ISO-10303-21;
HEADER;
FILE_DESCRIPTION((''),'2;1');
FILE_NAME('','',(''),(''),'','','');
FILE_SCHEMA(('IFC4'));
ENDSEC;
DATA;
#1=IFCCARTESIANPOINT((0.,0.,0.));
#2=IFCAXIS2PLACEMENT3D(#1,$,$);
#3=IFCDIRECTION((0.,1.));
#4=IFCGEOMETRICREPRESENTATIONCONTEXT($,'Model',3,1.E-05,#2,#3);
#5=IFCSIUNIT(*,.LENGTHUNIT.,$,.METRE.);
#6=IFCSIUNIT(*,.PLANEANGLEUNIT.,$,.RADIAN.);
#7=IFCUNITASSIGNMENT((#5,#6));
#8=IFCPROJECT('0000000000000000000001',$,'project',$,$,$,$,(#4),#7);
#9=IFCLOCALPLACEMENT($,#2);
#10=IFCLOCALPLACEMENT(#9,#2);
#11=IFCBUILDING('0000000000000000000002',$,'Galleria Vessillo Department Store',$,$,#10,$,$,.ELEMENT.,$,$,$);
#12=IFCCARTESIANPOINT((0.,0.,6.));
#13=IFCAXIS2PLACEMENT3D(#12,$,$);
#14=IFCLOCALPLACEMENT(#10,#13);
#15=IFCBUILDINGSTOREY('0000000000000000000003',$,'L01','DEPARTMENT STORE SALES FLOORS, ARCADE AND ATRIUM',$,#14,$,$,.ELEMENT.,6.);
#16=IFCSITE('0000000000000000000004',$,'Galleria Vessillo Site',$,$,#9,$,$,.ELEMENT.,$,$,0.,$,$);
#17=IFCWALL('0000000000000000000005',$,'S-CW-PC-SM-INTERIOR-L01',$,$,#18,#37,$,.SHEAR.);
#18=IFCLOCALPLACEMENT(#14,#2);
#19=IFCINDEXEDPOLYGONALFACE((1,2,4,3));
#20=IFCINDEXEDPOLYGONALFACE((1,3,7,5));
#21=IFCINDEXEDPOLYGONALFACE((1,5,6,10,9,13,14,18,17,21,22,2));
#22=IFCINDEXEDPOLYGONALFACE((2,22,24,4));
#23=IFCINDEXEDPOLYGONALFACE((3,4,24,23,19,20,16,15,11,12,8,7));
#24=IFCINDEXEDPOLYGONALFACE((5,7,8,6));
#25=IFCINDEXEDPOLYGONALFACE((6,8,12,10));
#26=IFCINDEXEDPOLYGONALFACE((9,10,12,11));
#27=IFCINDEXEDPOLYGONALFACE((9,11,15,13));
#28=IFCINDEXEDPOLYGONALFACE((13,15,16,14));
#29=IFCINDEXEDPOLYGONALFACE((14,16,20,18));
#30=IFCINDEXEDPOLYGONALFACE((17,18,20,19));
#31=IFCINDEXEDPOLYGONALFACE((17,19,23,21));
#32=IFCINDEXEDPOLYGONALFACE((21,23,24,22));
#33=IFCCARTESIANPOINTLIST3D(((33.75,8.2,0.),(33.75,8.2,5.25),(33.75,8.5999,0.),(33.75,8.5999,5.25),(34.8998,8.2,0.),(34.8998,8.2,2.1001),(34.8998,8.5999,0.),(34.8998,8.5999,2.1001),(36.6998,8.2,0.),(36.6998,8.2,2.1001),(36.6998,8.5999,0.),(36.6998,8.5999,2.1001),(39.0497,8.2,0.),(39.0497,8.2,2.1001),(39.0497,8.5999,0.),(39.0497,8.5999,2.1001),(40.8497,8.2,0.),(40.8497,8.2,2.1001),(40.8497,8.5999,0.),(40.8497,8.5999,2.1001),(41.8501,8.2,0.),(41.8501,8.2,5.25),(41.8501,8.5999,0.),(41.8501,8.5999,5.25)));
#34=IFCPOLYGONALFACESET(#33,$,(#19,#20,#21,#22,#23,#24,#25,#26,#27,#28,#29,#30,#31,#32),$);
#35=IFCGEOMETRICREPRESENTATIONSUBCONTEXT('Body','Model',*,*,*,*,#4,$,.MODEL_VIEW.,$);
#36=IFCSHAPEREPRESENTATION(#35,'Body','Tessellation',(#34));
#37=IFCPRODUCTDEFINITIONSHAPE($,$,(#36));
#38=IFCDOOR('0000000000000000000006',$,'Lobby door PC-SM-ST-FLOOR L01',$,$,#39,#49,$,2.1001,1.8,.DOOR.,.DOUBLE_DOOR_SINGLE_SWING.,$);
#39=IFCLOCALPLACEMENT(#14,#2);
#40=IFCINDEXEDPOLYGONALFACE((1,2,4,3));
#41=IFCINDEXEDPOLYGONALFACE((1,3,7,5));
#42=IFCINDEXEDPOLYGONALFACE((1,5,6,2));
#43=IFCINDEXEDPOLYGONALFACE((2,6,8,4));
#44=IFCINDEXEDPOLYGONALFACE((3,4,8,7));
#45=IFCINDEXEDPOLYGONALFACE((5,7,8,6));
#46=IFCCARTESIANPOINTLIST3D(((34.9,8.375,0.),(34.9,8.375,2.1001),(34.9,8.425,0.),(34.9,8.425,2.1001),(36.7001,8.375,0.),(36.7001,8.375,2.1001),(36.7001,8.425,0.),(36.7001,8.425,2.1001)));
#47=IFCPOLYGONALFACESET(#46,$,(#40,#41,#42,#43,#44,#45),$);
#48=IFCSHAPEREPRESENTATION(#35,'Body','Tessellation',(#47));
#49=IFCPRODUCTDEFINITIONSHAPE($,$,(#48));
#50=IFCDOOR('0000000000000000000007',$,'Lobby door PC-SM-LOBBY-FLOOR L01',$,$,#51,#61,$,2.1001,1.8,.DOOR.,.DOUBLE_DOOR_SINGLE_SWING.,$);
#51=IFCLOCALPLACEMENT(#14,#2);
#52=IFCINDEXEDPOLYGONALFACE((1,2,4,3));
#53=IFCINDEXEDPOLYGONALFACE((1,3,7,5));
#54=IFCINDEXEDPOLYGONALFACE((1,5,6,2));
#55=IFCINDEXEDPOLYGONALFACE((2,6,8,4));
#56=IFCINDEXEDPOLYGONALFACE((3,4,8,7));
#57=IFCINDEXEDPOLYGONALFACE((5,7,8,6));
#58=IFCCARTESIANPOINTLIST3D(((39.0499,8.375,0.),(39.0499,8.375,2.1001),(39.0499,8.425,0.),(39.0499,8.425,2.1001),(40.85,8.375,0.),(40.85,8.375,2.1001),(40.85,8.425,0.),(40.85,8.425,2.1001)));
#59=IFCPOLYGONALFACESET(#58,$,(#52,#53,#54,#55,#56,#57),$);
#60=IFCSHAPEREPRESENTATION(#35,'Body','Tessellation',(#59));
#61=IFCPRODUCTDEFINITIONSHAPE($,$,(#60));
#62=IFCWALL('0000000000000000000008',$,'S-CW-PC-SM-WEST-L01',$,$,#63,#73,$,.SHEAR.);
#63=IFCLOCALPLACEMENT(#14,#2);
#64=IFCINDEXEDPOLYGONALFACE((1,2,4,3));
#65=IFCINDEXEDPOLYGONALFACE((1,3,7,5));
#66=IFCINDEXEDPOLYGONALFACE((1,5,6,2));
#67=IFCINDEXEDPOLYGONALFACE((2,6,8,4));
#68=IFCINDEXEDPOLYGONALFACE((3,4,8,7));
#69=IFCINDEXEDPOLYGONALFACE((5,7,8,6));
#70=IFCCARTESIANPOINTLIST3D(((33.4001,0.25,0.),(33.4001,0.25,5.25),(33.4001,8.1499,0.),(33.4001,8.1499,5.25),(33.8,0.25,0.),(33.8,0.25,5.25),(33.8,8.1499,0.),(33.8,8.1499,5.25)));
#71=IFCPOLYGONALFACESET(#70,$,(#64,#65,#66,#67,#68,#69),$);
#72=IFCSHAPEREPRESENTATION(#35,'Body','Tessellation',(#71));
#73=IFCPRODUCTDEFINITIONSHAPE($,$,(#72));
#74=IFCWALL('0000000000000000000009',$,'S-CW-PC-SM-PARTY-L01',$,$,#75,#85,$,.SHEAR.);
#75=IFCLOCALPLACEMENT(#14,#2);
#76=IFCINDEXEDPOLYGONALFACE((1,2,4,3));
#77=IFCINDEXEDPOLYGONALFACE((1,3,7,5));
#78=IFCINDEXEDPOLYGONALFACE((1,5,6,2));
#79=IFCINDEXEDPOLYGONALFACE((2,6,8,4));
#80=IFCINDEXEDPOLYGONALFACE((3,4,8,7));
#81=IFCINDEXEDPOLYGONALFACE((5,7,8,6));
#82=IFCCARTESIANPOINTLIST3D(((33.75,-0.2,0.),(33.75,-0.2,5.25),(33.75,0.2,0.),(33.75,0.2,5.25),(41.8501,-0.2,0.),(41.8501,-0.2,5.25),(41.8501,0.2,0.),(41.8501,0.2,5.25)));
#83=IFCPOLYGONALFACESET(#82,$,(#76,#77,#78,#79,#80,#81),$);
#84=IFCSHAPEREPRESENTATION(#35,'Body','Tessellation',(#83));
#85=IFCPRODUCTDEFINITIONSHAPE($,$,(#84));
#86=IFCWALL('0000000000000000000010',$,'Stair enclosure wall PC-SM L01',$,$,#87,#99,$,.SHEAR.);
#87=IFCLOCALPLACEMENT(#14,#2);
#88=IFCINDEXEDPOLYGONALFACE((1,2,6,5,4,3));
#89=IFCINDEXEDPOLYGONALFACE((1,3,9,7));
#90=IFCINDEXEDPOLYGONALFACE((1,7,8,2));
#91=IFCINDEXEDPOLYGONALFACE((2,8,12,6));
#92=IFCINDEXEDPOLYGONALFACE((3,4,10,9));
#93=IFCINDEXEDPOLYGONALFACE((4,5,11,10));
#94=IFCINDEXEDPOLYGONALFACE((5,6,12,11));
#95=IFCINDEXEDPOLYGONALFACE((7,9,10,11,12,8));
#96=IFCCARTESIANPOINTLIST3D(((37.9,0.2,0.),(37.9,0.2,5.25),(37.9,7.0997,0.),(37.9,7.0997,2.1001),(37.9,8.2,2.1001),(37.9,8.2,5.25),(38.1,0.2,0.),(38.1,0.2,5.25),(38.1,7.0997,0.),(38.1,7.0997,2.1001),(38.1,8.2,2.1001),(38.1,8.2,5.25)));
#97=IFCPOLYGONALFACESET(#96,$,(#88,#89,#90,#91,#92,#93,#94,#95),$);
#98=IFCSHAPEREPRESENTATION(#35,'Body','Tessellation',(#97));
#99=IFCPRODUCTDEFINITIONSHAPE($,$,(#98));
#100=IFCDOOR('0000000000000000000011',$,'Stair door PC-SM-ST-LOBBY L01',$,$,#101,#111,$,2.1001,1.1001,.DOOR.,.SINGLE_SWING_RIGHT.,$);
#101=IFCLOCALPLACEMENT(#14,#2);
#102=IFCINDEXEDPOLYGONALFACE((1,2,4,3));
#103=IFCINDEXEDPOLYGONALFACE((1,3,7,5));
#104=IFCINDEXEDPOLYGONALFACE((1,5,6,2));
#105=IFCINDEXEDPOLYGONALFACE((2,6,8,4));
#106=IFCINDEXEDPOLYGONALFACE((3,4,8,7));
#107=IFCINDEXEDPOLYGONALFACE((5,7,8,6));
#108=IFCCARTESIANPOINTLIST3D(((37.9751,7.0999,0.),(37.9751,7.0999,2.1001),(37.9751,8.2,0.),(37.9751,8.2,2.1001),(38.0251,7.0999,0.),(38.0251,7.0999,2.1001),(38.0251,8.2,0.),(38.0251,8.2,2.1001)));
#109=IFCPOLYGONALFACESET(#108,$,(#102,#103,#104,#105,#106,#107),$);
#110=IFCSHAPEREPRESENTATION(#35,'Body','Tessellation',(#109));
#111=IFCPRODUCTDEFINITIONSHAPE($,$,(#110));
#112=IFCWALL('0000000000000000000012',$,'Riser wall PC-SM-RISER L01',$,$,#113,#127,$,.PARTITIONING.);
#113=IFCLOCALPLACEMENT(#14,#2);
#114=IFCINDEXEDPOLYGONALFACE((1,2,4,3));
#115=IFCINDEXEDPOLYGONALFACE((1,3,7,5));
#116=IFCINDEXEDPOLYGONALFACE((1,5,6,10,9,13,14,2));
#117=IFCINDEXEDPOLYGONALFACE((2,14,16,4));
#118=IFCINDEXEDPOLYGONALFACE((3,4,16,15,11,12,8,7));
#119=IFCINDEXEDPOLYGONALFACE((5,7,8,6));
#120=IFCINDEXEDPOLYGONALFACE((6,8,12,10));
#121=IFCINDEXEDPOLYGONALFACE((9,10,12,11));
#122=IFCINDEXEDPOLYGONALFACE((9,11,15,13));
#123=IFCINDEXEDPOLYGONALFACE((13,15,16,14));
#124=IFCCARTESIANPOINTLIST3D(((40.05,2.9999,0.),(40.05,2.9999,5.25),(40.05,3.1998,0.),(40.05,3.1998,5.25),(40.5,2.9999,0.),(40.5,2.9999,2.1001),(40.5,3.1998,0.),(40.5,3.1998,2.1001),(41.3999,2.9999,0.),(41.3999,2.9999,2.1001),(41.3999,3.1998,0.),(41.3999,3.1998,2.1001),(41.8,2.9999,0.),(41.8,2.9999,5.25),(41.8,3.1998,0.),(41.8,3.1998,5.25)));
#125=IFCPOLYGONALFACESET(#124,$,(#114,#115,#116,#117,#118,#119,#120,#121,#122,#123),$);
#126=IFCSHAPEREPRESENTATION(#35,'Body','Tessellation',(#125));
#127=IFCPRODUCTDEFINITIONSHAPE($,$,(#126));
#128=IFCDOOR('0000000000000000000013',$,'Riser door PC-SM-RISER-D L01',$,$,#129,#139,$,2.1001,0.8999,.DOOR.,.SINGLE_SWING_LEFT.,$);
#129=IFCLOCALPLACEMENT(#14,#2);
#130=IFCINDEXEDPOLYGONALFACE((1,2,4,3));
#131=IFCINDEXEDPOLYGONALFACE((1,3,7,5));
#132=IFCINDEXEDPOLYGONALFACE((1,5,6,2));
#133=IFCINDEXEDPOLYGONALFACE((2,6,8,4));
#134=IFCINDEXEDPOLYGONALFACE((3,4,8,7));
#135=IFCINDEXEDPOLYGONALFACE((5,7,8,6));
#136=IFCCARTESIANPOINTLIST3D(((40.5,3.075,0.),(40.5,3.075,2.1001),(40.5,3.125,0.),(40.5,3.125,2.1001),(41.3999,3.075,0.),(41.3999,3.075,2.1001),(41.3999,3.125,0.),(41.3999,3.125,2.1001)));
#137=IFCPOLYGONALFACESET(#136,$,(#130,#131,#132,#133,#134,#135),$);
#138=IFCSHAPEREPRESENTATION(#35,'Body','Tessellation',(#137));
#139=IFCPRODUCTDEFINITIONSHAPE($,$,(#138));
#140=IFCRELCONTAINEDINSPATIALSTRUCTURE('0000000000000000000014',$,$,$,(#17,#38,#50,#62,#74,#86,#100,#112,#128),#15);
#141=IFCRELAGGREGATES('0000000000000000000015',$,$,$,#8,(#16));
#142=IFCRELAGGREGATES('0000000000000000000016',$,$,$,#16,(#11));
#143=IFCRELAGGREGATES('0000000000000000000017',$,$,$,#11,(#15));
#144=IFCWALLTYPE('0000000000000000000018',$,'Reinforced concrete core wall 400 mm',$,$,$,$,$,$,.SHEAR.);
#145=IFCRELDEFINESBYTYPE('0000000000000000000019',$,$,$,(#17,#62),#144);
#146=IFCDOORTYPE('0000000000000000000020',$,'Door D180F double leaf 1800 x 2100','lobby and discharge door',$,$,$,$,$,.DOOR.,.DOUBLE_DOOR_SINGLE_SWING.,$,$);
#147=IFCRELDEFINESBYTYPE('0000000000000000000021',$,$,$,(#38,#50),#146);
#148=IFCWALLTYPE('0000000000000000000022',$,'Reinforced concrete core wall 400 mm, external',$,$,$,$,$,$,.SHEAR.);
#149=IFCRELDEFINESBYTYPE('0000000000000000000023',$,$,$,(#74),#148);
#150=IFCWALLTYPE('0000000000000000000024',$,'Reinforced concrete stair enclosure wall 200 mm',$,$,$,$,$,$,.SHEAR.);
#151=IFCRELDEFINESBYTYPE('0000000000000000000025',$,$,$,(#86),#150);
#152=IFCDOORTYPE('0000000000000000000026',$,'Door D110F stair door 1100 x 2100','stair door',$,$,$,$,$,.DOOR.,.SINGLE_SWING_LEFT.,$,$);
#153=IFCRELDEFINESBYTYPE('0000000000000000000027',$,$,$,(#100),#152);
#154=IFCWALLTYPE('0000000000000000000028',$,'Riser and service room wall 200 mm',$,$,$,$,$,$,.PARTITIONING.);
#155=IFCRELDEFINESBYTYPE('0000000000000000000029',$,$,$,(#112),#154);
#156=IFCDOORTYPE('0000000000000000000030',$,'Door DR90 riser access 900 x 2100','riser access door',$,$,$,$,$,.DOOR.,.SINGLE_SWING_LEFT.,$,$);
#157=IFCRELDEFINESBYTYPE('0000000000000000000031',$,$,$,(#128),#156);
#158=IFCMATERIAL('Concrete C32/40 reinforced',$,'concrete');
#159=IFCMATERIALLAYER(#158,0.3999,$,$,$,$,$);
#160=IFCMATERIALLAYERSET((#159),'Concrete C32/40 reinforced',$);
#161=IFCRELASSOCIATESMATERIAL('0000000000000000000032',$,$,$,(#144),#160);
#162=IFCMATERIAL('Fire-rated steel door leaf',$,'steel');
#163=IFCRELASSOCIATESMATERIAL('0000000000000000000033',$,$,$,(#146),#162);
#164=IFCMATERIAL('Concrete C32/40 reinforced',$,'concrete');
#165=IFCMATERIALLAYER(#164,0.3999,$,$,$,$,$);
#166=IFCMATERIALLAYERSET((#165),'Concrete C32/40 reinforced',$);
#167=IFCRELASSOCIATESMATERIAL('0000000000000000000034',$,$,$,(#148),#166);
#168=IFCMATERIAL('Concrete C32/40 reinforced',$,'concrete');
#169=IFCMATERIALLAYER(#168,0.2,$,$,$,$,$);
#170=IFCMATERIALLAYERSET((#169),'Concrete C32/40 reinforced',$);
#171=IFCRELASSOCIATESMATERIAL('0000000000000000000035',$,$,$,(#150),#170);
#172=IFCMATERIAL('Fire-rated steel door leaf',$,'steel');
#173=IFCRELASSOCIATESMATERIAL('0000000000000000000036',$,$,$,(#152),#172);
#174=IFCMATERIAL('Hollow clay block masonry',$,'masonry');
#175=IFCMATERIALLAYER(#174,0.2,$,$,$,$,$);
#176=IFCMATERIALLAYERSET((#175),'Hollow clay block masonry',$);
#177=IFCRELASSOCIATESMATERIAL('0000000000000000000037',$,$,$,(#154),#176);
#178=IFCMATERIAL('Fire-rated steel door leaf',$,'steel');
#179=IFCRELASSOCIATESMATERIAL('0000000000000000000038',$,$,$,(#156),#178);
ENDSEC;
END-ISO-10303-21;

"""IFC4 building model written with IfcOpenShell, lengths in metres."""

from ifc_helpers import new_model, si_unit, direction, frame, frame_2d, origin, place, context, subcontext, project, spatial, rectangle, extrude, material, layer, layer_set, type_object, element, fill, save


model = new_model("IFC4")

# Units and contexts
model_context = context("Model", 3, precision=1e-05, world=origin(), true_north=direction((0.0, 1.0)))
body_context = subcontext(model_context, "Body", "Model", "MODEL_VIEW")
ifc_project = project(units=[si_unit("LENGTHUNIT", "METRE"), si_unit("PLANEANGLEUNIT", "RADIAN")], contexts=[model_context])

# Site, building, storey
site_placement = place(None, origin())
site = spatial("IfcSite", under=ifc_project, at=site_placement, Name="Galleria Vessillo Site", CompositionType="ELEMENT", RefElevation=0.0)
building_placement = place(site_placement, origin())
building = spatial("IfcBuilding", under=site, at=building_placement, Name="Galleria Vessillo Department Store", CompositionType="ELEMENT")
storey_placement = place(building_placement, frame((0.0, 0.0, 6.0)))
storey = spatial("IfcBuildingStorey", under=building, at=storey_placement, Name="L01", Description="DEPARTMENT STORE SALES FLOORS, ARCADE AND ATRIUM", CompositionType="ELEMENT", Elevation=6.0)

# Wall, openings, doors
ifc_material_1 = material(Name="Concrete C32/40 reinforced", Category="concrete")
ifc_layer_1 = layer(ifc_material_1, 0.3999)
ifc_layer_set_1 = layer_set([ifc_layer_1], Name="Concrete C32/40 reinforced")
wall_type_1 = type_object("IfcWallType", Name="Reinforced concrete core wall 400 mm", PredefinedType="SHEAR", material=ifc_layer_set_1)
wall_1_placement = place(storey_placement, frame((33.75, 8.3999, 0.0), z_axis=(0.0, 0.0, 1.0), x_axis=(1.0, 0.0, 0.0)))
wall_1 = element("IfcWall", 1, at=wall_1_placement, inside=storey, type_object=wall_type_1, Name="S-CW-PC-SM-INTERIOR-L01", PredefinedType="SHEAR", context=body_context, shape_type="SweptSolid", body=[
    extrude(rectangle(XDim=8.1001, YDim=0.3999, at=frame_2d((4.05, 0.0))), origin(), (0.0, 0.0, 1.0), 5.25),
])
opening_1_placement = place(wall_1_placement, frame((1.1499, 0.0, 0.0)))
opening_1 = element("IfcOpeningElement", 2, at=opening_1_placement, cuts=wall_1, PredefinedType="OPENING", context=body_context, shape_type="SweptSolid", body=[
    extrude(rectangle(XDim=1.8, YDim=2.1001, at=frame_2d((0.8999, 1.05))), frame((0.0, 0.21, 0.0), z_axis=(0.0, -1.0, 0.0), x_axis=(1.0, 0.0, 0.0)), (0.0, 0.0, 1.0), 0.4199),
])
opening_2_placement = place(wall_1_placement, frame((5.2998, 0.0, 0.0)))
opening_2 = element("IfcOpeningElement", 3, at=opening_2_placement, cuts=wall_1, PredefinedType="OPENING", context=body_context, shape_type="SweptSolid", body=[
    extrude(rectangle(XDim=1.8, YDim=2.1001, at=frame_2d((0.8999, 1.05))), frame((0.0, 0.21, 0.0), z_axis=(0.0, -1.0, 0.0), x_axis=(1.0, 0.0, 0.0)), (0.0, 0.0, 1.0), 0.4199),
])
ifc_material_2 = material(Name="Fire-rated steel door leaf", Category="steel")
door_type_1 = type_object("IfcDoorType", Name="Door D180F double leaf 1800 x 2100", Description="lobby and discharge door", OperationType="DOUBLE_DOOR_SINGLE_SWING", PredefinedType="DOOR", material=ifc_material_2)
door_1_placement = place(opening_1_placement, frame((1.8, 0.0, 0.0), z_axis=(0.0, 0.0, 1.0), x_axis=(-1.0, 0.0, 0.0)))
door_1 = element("IfcDoor", 4, at=door_1_placement, inside=storey, type_object=door_type_1, Name="Lobby door PC-SM-ST-FLOOR L01", OperationType="DOUBLE_DOOR_SINGLE_SWING", OverallHeight=2.1001, OverallWidth=1.8, PredefinedType="DOOR", context=body_context, shape_type="SweptSolid", body=[
    extrude(rectangle(XDim=1.8, YDim=2.1001, at=frame_2d((0.8999, 1.05))), frame((0.0, 0.0249, 0.0), z_axis=(0.0, -1.0, 0.0), x_axis=(1.0, 0.0, 0.0)), (0.0, 0.0, 1.0), 0.05),
])
fill(opening_1, door_1)
door_2_placement = place(opening_2_placement, frame((1.8, 0.0, 0.0), z_axis=(0.0, 0.0, 1.0), x_axis=(-1.0, 0.0, 0.0)))
door_2 = element("IfcDoor", 5, at=door_2_placement, inside=storey, type_object=door_type_1, Name="Lobby door PC-SM-LOBBY-FLOOR L01", OperationType="DOUBLE_DOOR_SINGLE_SWING", OverallHeight=2.1001, OverallWidth=1.8, PredefinedType="DOOR", context=body_context, shape_type="SweptSolid", body=[
    extrude(rectangle(XDim=1.8, YDim=2.1001, at=frame_2d((0.8999, 1.05))), frame((0.0, 0.0249, 0.0), z_axis=(0.0, -1.0, 0.0), x_axis=(1.0, 0.0, 0.0)), (0.0, 0.0, 1.0), 0.05),
])
fill(opening_2, door_2)

# Walls
wall_2_placement = place(storey_placement, frame((33.6001, 0.25, 0.0), z_axis=(0.0, 0.0, 1.0), x_axis=(0.0, 1.0, 0.0)))
element("IfcWall", 6, at=wall_2_placement, inside=storey, type_object=wall_type_1, Name="S-CW-PC-SM-WEST-L01", PredefinedType="SHEAR", context=body_context, shape_type="SweptSolid", body=[
    extrude(rectangle(XDim=7.8999, YDim=0.3999, at=frame_2d((3.95, 0.0))), origin(), (0.0, 0.0, 1.0), 5.25),
])
ifc_material_3 = material(Name="Concrete C32/40 reinforced", Category="concrete")
ifc_layer_2 = layer(ifc_material_3, 0.3999)
ifc_layer_set_2 = layer_set([ifc_layer_2], Name="Concrete C32/40 reinforced")
wall_type_2 = type_object("IfcWallType", Name="Reinforced concrete core wall 400 mm, external", PredefinedType="SHEAR", material=ifc_layer_set_2)
wall_3_placement = place(storey_placement, frame((33.75, 0.0, 0.0), z_axis=(0.0, 0.0, 1.0), x_axis=(1.0, 0.0, 0.0)))
element("IfcWall", 7, at=wall_3_placement, inside=storey, type_object=wall_type_2, Name="S-CW-PC-SM-PARTY-L01", PredefinedType="SHEAR", context=body_context, shape_type="SweptSolid", body=[
    extrude(rectangle(XDim=8.1001, YDim=0.3999, at=frame_2d((4.05, 0.0))), origin(), (0.0, 0.0, 1.0), 5.25),
])

# Walls, openings, doors
ifc_material_4 = material(Name="Concrete C32/40 reinforced", Category="concrete")
ifc_layer_3 = layer(ifc_material_4, 0.2)
ifc_layer_set_3 = layer_set([ifc_layer_3], Name="Concrete C32/40 reinforced")
wall_type_3 = type_object("IfcWallType", Name="Reinforced concrete stair enclosure wall 200 mm", PredefinedType="SHEAR", material=ifc_layer_set_3)
wall_4_placement = place(storey_placement, frame((38.0, 0.2, 0.0), z_axis=(0.0, 0.0, 1.0), x_axis=(0.0, 1.0, 0.0)))
wall_4 = element("IfcWall", 8, at=wall_4_placement, inside=storey, type_object=wall_type_3, Name="Stair enclosure wall PC-SM L01", PredefinedType="SHEAR", context=body_context, shape_type="SweptSolid", body=[
    extrude(rectangle(XDim=8.0, YDim=0.2, at=frame_2d((4.0, 0.0))), origin(), (0.0, 0.0, 1.0), 5.25),
])
opening_3_placement = place(wall_4_placement, frame((6.8999, 0.0, 0.0)))
opening_3 = element("IfcOpeningElement", 9, at=opening_3_placement, cuts=wall_4, PredefinedType="OPENING", context=body_context, shape_type="SweptSolid", body=[
    extrude(rectangle(XDim=1.1101, YDim=2.1001, at=frame_2d((0.5549, 1.05))), frame((0.0, 0.1099, 0.0), z_axis=(0.0, -1.0, 0.0), x_axis=(1.0, 0.0, 0.0)), (0.0, 0.0, 1.0), 0.22),
])
ifc_material_5 = material(Name="Fire-rated steel door leaf", Category="steel")
door_type_2 = type_object("IfcDoorType", Name="Door D110F stair door 1100 x 2100", Description="stair door", OperationType="SINGLE_SWING_LEFT", PredefinedType="DOOR", material=ifc_material_5)
door_3_placement = place(opening_3_placement, origin())
door_3 = element("IfcDoor", 10, at=door_3_placement, inside=storey, type_object=door_type_2, Name="Stair door PC-SM-ST-LOBBY L01", OperationType="SINGLE_SWING_RIGHT", OverallHeight=2.1001, OverallWidth=1.1001, PredefinedType="DOOR", context=body_context, shape_type="SweptSolid", body=[
    extrude(rectangle(XDim=1.1001, YDim=2.1001, at=frame_2d((0.55, 1.05))), frame((0.0, 0.0249, 0.0), z_axis=(0.0, -1.0, 0.0), x_axis=(1.0, 0.0, 0.0)), (0.0, 0.0, 1.0), 0.05),
])
fill(opening_3, door_3)
ifc_material_6 = material(Name="Hollow clay block masonry", Category="masonry")
ifc_layer_4 = layer(ifc_material_6, 0.2)
ifc_layer_set_4 = layer_set([ifc_layer_4], Name="Hollow clay block masonry")
wall_type_4 = type_object("IfcWallType", Name="Riser and service room wall 200 mm", PredefinedType="PARTITIONING", material=ifc_layer_set_4)
wall_5_placement = place(storey_placement, frame((40.05, 3.0999, 0.0), z_axis=(0.0, 0.0, 1.0), x_axis=(1.0, 0.0, 0.0)))
wall_5 = element("IfcWall", 11, at=wall_5_placement, inside=storey, type_object=wall_type_4, Name="Riser wall PC-SM-RISER L01", PredefinedType="PARTITIONING", context=body_context, shape_type="SweptSolid", body=[
    extrude(rectangle(XDim=1.75, YDim=0.2, at=frame_2d((0.875, 0.0))), origin(), (0.0, 0.0, 1.0), 5.25),
])
opening_4_placement = place(wall_5_placement, frame((0.45, 0.0, 0.0)))
opening_4 = element("IfcOpeningElement", 12, at=opening_4_placement, cuts=wall_5, PredefinedType="OPENING", context=body_context, shape_type="SweptSolid", body=[
    extrude(rectangle(XDim=0.8999, YDim=2.1001, at=frame_2d((0.45, 1.05))), frame((0.0, 0.1099, 0.0), z_axis=(0.0, -1.0, 0.0), x_axis=(1.0, 0.0, 0.0)), (0.0, 0.0, 1.0), 0.22),
])
ifc_material_7 = material(Name="Fire-rated steel door leaf", Category="steel")
door_type_3 = type_object("IfcDoorType", Name="Door DR90 riser access 900 x 2100", Description="riser access door", OperationType="SINGLE_SWING_LEFT", PredefinedType="DOOR", material=ifc_material_7)
door_4_placement = place(opening_4_placement, frame((0.8999, 0.0, 0.0), z_axis=(0.0, 0.0, 1.0), x_axis=(-1.0, 0.0, 0.0)))
door_4 = element("IfcDoor", 13, at=door_4_placement, inside=storey, type_object=door_type_3, Name="Riser door PC-SM-RISER-D L01", OperationType="SINGLE_SWING_LEFT", OverallHeight=2.1001, OverallWidth=0.8999, PredefinedType="DOOR", context=body_context, shape_type="SweptSolid", body=[
    extrude(rectangle(XDim=0.8999, YDim=2.1001, at=frame_2d((0.45, 1.05))), frame((0.0, 0.0249, 0.0), z_axis=(0.0, -1.0, 0.0), x_axis=(1.0, 0.0, 0.0)), (0.0, 0.0, 1.0), 0.05),
])
fill(opening_4, door_4)

save(model, "model.ifc")
